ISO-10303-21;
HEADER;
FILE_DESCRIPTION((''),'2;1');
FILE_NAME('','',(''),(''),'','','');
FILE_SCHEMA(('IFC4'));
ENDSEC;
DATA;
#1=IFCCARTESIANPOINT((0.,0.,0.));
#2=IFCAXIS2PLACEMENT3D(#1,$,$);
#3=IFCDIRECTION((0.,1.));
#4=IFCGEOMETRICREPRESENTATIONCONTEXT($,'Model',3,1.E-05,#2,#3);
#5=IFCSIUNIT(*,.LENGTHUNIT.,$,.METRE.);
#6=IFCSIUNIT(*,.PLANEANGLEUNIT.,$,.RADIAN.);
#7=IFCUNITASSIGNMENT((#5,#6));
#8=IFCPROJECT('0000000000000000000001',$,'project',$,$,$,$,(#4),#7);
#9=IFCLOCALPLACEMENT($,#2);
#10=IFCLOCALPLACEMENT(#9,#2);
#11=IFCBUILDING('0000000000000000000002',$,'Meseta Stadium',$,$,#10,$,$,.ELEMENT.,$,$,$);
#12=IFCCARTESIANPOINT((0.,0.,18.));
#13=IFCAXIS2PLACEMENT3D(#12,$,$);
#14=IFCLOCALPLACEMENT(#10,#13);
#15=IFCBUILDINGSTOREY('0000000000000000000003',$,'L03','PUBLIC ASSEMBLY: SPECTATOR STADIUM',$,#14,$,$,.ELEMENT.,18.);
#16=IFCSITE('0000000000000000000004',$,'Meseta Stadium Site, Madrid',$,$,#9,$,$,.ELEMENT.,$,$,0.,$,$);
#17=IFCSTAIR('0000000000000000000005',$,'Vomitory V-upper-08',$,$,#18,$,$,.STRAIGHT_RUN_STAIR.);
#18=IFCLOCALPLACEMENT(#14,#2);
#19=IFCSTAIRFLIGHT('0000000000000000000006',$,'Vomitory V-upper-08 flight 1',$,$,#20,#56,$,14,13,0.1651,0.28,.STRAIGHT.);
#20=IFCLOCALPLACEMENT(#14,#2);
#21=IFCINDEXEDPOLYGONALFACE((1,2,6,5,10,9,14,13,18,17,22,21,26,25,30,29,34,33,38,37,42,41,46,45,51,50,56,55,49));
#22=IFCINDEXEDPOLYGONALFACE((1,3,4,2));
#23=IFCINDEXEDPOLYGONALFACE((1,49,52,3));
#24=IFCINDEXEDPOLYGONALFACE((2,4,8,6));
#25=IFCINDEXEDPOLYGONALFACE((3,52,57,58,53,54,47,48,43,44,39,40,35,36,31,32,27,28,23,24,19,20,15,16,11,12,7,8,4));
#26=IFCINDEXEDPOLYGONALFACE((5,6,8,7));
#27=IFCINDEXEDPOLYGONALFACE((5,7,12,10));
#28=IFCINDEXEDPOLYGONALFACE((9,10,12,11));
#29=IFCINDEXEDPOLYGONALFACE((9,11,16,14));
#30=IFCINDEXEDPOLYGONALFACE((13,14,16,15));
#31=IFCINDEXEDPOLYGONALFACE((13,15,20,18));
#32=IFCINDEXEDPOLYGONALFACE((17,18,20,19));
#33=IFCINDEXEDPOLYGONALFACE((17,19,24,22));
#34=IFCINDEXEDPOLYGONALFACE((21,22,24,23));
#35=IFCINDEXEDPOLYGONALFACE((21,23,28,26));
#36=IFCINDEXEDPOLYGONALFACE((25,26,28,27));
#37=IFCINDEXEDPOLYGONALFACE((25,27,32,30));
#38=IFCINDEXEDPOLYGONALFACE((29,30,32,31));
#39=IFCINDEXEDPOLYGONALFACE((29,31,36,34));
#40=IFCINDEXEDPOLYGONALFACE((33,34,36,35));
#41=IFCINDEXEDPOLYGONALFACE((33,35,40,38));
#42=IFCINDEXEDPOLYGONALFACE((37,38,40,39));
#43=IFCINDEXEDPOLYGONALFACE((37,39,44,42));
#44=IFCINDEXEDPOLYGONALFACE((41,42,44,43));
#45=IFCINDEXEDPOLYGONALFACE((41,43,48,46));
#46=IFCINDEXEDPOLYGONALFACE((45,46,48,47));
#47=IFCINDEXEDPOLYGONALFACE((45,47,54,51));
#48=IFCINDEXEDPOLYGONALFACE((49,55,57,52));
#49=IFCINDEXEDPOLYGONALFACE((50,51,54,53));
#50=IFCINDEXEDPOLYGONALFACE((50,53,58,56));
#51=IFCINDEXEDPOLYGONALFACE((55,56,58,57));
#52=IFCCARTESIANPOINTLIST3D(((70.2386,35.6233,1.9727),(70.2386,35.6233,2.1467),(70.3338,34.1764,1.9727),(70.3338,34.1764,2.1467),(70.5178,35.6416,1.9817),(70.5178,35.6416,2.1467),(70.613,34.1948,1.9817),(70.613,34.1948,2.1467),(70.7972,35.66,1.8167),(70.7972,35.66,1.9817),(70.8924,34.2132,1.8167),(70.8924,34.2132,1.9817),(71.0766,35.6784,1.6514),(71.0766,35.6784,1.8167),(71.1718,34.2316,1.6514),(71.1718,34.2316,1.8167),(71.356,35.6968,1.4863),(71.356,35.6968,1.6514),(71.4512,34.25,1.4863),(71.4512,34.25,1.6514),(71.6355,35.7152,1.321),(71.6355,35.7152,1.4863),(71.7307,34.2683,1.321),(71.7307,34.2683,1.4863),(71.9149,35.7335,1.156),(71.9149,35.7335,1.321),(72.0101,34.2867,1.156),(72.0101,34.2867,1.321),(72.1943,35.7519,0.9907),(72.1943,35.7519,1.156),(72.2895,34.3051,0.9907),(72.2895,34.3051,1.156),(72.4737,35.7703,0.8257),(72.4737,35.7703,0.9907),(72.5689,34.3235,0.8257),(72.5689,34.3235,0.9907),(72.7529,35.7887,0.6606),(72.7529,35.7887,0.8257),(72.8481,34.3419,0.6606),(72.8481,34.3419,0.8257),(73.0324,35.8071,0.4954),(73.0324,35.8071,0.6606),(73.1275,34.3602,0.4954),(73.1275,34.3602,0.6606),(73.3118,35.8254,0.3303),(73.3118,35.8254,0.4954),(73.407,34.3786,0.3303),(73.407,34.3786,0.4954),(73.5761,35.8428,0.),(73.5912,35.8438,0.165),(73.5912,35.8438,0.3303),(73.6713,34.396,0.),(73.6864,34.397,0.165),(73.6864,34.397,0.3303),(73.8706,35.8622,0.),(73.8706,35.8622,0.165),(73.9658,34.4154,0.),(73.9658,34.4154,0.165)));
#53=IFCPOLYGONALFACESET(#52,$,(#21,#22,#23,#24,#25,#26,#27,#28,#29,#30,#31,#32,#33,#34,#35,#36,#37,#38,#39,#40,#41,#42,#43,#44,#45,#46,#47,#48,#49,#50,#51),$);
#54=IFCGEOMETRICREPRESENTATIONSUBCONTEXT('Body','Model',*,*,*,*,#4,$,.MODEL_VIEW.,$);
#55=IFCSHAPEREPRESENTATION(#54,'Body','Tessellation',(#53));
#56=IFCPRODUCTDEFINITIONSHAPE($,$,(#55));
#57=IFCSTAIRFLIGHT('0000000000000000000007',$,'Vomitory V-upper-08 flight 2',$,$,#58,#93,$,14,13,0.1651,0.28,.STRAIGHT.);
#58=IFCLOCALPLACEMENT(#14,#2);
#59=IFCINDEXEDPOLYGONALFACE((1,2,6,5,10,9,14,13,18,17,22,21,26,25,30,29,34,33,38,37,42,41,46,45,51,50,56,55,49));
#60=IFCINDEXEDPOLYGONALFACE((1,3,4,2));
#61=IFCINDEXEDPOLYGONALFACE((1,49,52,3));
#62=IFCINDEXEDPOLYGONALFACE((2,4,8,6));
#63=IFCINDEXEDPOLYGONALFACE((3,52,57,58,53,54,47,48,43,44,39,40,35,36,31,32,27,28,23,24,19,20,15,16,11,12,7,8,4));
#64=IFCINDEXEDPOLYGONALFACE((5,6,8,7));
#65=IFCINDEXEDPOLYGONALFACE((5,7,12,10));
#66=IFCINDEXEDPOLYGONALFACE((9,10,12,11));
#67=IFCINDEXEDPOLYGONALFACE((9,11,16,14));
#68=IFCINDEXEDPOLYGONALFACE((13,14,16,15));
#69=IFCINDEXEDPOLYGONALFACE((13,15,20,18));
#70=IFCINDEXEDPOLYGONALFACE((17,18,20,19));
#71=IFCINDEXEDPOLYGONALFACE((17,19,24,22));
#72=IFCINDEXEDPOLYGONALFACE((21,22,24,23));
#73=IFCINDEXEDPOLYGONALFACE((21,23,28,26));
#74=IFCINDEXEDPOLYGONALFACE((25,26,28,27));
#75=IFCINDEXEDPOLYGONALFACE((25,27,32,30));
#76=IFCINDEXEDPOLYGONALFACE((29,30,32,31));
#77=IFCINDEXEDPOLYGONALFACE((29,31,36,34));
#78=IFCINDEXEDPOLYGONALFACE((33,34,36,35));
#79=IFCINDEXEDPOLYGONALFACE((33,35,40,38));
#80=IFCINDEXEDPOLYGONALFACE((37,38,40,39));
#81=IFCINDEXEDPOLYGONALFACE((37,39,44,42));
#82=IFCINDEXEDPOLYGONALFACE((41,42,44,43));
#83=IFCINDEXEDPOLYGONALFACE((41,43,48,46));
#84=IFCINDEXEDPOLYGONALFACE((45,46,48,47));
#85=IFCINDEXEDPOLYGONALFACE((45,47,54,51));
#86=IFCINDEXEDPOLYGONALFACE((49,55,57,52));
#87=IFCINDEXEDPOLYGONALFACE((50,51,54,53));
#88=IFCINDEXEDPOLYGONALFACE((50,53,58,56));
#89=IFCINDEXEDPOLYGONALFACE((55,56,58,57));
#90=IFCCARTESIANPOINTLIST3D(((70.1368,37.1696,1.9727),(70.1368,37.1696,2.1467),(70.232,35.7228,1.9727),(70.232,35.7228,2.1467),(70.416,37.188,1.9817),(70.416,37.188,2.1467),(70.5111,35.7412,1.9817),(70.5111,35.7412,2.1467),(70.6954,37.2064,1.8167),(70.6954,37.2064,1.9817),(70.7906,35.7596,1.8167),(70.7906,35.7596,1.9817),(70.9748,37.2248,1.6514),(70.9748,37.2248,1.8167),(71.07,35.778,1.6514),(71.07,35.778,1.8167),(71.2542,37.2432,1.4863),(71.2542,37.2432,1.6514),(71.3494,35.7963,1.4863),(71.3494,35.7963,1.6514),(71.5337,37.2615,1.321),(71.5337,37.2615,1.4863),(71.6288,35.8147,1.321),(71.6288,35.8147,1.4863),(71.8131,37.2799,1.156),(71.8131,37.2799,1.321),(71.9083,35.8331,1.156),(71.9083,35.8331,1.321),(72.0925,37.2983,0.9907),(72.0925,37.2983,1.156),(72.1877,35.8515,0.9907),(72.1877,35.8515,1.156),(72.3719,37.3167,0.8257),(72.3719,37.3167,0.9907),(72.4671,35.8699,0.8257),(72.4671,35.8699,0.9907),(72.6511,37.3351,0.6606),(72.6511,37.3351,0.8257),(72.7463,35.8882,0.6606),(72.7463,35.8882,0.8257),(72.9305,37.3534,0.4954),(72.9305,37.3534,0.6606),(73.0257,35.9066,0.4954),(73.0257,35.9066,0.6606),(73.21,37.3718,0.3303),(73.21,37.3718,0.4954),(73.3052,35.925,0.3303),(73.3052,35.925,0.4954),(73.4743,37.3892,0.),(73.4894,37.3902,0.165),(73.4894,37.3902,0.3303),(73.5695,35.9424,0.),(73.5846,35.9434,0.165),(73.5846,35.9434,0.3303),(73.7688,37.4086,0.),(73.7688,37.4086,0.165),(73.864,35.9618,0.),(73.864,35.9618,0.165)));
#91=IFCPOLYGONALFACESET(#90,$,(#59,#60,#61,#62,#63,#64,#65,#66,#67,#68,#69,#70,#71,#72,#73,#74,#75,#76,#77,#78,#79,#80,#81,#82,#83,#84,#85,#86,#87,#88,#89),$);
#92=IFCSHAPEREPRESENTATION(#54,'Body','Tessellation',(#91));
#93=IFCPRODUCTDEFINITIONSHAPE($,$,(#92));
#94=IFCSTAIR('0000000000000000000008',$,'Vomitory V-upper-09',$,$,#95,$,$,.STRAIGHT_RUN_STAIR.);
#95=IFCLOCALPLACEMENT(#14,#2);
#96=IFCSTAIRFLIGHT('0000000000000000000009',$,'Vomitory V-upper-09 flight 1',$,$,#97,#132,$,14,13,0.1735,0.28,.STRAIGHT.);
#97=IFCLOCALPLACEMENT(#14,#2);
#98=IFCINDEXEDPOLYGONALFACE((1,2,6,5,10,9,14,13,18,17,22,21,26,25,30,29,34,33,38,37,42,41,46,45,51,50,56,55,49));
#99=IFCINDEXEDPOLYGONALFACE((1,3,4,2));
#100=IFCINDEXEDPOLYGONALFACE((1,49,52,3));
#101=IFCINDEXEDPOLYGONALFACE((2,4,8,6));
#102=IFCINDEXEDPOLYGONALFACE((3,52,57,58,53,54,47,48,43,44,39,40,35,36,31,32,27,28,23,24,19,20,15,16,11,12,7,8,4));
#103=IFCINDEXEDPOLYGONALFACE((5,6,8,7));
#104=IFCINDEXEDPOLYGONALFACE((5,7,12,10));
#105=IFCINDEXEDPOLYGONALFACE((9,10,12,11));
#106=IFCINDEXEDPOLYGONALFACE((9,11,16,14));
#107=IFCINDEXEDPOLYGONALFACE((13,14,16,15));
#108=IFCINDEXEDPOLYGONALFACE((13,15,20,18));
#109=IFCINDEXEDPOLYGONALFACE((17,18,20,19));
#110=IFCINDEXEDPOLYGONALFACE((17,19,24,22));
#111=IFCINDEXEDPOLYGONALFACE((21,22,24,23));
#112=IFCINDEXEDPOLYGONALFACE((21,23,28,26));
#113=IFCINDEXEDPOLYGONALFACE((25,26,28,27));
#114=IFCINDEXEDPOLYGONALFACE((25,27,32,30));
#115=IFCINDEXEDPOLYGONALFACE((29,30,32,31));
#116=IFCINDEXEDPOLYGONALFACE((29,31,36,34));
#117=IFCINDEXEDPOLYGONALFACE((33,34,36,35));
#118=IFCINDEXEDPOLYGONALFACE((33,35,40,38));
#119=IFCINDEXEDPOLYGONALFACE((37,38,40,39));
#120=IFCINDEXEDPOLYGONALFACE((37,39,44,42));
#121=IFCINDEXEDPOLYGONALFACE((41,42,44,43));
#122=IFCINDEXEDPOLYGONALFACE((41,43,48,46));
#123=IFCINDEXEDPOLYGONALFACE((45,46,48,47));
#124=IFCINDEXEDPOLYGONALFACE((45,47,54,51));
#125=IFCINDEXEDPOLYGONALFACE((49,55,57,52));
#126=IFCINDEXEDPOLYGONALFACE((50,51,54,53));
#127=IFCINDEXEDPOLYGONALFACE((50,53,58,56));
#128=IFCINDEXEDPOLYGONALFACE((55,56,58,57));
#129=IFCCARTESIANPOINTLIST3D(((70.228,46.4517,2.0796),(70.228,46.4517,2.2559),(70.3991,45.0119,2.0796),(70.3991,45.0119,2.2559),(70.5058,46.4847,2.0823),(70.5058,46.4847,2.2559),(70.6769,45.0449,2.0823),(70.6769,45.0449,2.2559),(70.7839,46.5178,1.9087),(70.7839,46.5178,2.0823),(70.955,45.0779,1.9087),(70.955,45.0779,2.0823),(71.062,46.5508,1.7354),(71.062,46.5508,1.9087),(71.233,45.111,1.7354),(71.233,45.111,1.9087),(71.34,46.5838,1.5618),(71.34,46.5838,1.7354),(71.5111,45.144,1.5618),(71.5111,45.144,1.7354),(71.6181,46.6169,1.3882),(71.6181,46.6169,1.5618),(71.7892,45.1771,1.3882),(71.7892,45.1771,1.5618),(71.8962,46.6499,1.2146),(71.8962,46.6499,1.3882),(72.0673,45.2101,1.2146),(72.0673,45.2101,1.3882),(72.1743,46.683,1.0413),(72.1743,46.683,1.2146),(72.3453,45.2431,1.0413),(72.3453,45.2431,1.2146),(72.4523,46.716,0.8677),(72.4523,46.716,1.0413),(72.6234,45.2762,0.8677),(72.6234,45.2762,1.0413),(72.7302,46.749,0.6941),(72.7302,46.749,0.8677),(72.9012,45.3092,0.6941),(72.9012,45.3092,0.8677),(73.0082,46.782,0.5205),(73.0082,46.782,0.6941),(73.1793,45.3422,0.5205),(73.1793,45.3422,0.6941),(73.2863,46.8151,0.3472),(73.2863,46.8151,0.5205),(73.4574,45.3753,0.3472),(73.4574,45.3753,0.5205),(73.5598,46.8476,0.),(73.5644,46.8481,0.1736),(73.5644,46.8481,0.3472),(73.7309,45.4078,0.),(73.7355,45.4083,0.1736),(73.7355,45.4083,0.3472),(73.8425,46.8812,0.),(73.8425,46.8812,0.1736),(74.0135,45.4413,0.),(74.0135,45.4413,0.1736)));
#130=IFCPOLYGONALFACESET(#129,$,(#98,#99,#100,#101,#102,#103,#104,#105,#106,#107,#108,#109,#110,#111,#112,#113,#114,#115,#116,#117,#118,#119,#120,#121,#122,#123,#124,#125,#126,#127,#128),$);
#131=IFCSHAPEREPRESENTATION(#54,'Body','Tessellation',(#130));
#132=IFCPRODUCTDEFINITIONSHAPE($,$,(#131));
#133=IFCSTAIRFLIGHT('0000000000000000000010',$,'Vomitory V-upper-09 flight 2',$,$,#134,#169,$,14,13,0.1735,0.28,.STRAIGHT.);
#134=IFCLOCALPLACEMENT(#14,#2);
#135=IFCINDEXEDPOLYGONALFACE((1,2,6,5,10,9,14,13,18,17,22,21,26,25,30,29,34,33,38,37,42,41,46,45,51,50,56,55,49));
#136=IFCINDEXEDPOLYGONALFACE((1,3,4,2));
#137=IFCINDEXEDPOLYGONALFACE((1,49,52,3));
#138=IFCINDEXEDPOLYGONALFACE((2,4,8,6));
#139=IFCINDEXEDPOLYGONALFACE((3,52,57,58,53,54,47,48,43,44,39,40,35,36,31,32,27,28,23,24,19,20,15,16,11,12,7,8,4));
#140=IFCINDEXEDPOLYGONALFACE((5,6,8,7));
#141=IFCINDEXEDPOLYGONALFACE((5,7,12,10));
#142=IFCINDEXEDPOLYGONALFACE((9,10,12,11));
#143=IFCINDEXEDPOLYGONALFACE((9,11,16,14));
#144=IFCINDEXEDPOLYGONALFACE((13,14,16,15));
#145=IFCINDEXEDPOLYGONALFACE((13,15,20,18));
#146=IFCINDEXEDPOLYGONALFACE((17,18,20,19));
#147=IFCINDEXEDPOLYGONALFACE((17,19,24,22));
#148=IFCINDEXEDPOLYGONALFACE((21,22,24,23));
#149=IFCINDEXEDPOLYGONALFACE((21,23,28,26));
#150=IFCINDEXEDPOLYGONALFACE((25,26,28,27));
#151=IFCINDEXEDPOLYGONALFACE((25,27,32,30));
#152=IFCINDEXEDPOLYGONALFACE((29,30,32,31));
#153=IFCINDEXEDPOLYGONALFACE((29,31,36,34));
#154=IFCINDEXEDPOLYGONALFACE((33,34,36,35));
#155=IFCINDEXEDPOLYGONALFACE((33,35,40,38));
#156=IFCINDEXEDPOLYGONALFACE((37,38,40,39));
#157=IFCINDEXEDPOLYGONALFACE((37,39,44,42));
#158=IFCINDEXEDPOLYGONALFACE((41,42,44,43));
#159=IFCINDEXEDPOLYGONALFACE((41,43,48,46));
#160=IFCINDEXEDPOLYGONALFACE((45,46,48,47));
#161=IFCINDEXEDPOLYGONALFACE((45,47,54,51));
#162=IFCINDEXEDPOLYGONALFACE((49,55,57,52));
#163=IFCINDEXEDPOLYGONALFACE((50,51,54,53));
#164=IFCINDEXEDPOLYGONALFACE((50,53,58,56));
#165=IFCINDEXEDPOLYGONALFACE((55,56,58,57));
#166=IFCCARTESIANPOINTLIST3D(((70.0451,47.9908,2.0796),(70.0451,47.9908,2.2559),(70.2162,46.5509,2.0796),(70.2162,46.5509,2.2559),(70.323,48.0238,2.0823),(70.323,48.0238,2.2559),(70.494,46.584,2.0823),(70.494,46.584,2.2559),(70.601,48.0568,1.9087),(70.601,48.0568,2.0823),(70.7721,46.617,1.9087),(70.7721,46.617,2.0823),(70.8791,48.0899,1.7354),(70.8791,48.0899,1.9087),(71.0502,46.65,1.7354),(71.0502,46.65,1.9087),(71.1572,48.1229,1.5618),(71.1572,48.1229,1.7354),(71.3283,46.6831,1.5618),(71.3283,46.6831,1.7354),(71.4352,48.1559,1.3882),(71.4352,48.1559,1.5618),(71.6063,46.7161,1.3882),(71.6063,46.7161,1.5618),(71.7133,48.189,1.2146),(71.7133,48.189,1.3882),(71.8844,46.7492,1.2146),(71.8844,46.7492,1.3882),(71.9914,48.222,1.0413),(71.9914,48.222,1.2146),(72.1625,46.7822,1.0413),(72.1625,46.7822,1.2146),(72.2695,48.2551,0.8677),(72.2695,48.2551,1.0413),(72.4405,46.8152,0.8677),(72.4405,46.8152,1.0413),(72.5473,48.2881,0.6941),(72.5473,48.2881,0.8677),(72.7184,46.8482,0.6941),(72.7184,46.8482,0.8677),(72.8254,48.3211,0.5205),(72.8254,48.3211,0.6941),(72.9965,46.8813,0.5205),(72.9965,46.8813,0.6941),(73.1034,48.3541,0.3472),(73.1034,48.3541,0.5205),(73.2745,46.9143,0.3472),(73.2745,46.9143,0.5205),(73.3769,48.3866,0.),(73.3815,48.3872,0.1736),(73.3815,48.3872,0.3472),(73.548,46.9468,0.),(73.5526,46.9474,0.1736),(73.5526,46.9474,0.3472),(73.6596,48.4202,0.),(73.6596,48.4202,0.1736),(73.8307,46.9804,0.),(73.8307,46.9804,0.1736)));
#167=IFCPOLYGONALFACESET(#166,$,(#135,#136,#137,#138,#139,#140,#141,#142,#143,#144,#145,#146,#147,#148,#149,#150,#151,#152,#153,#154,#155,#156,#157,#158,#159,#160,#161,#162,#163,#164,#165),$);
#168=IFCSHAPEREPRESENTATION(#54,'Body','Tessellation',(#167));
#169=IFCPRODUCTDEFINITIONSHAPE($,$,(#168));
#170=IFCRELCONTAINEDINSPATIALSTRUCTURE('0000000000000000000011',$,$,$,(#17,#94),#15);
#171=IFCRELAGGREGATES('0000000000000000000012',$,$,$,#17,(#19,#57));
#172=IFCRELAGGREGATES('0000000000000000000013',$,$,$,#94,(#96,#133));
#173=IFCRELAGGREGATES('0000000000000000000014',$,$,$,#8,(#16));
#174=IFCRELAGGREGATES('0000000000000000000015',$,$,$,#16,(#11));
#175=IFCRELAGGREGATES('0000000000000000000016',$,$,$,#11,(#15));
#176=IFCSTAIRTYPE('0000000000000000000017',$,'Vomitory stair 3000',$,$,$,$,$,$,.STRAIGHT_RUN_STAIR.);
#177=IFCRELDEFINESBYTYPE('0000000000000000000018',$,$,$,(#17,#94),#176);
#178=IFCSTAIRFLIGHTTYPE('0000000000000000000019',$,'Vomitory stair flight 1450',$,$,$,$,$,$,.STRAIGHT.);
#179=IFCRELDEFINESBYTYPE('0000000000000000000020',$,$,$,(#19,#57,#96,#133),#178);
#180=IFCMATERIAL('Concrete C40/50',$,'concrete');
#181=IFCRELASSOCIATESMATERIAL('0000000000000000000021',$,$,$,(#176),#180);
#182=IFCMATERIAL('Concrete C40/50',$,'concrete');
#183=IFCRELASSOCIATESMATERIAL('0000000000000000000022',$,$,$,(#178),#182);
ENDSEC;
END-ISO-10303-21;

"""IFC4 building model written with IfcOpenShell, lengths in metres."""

from ifc_helpers import new_model, si_unit, direction, frame, origin, place, context, subcontext, project, spatial, polyline, outline, extrude, material, type_object, element, aggregate, save


model = new_model("IFC4")

# Units and contexts
model_context = context("Model", 3, precision=1e-05, world=origin(), true_north=direction((0.0, 1.0)))
body_context = subcontext(model_context, "Body", "Model", "MODEL_VIEW")
ifc_project = project(units=[si_unit("LENGTHUNIT", "METRE"), si_unit("PLANEANGLEUNIT", "RADIAN")], contexts=[model_context])

# Site, building, storey
site_placement = place(None, origin())
site = spatial("IfcSite", under=ifc_project, at=site_placement, Name="Meseta Stadium Site, Madrid", CompositionType="ELEMENT", RefElevation=0.0)
building_placement = place(site_placement, origin())
building = spatial("IfcBuilding", under=site, at=building_placement, Name="Meseta Stadium", CompositionType="ELEMENT")
storey_placement = place(building_placement, frame((0.0, 0.0, 18.0)))
storey = spatial("IfcBuildingStorey", under=building, at=storey_placement, Name="L03", Description="PUBLIC ASSEMBLY: SPECTATOR STADIUM", CompositionType="ELEMENT", Elevation=18.0)

# Stairs, stair flights
ifc_material_1 = material(Name="Concrete C40/50", Category="concrete")
stair_type = type_object("IfcStairType", Name="Vomitory stair 3000", PredefinedType="STRAIGHT_RUN_STAIR", material=ifc_material_1)
stair_1_placement = place(storey_placement, origin())
stair_1 = element("IfcStair", 1, at=stair_1_placement, inside=storey, type_object=stair_type, Name="Vomitory V-upper-08", PredefinedType="STRAIGHT_RUN_STAIR")
ifc_material_2 = material(Name="Concrete C40/50", Category="concrete")
stair_flight_type = type_object("IfcStairFlightType", Name="Vomitory stair flight 1450", PredefinedType="STRAIGHT", material=ifc_material_2)
stair_flight_1_placement = place(storey_placement, frame((73.9182, 35.1389, 0.0), z_axis=(0.0, 0.0, 1.0), x_axis=(-0.997843, -0.065647, 0.0)))
stair_flight_1 = element("IfcStairFlight", 2, at=stair_flight_1_placement, type_object=stair_flight_type, Name="Vomitory V-upper-08 flight 1", NumberOfRisers=14, NumberOfTreads=13, PredefinedType="STRAIGHT", RiserHeight=0.1651, TreadLength=0.28, context=body_context, shape_type="SweptSolid", body=[
    extrude(outline(polyline([(0.0, 0.0), (0.0, 0.165), (0.28, 0.165), (0.28, 0.3303), (0.5601, 0.3303), (0.5601, 0.4954), (0.8401, 0.4954), (0.8401, 0.6606), (1.1201, 0.6606), (1.1201, 0.8257), (1.3999, 0.8257), (1.3999, 0.9907), (1.6799, 0.9907), (1.6799, 1.156), (1.96, 1.156), (1.96, 1.321), (2.24, 1.321), (2.24, 1.4863), (2.52, 1.4863), (2.52, 1.6514), (2.8, 1.6514), (2.8, 1.8167), (3.0801, 1.8167), (3.0801, 1.9817), (3.3601, 1.9817), (3.3601, 2.1467), (3.6399, 2.1467), (3.6399, 1.9727), (0.2952, 0.0), (0.0, 0.0)])), frame((0.0, 0.7251, 0.0), z_axis=(0.0, -1.0, 0.0), x_axis=(1.0, 0.0, 0.0)), (0.0, 0.0, 1.0), 1.45),
])
stair_flight_2_placement = place(storey_placement, frame((73.8164, 36.6853, 0.0), z_axis=(0.0, 0.0, 1.0), x_axis=(-0.997843, -0.065647, 0.0)))
stair_flight_2 = element("IfcStairFlight", 3, at=stair_flight_2_placement, type_object=stair_flight_type, Name="Vomitory V-upper-08 flight 2", NumberOfRisers=14, NumberOfTreads=13, PredefinedType="STRAIGHT", RiserHeight=0.1651, TreadLength=0.28, context=body_context, shape_type="SweptSolid", body=[
    extrude(outline(polyline([(0.0, 0.0), (0.0, 0.165), (0.28, 0.165), (0.28, 0.3303), (0.5601, 0.3303), (0.5601, 0.4954), (0.8401, 0.4954), (0.8401, 0.6606), (1.1201, 0.6606), (1.1201, 0.8257), (1.3999, 0.8257), (1.3999, 0.9907), (1.6799, 0.9907), (1.6799, 1.156), (1.96, 1.156), (1.96, 1.321), (2.24, 1.321), (2.24, 1.4863), (2.52, 1.4863), (2.52, 1.6514), (2.8, 1.6514), (2.8, 1.8167), (3.0801, 1.8167), (3.0801, 1.9817), (3.3601, 1.9817), (3.3601, 2.1467), (3.6399, 2.1467), (3.6399, 1.9727), (0.2952, 0.0), (0.0, 0.0)])), frame((0.0, 0.7251, 0.0), z_axis=(0.0, -1.0, 0.0), x_axis=(1.0, 0.0, 0.0)), (0.0, 0.0, 1.0), 1.45),
])
aggregate(stair_1, [stair_flight_1, stair_flight_2])
stair_2_placement = place(storey_placement, origin())
stair_2 = element("IfcStair", 4, at=stair_2_placement, inside=storey, type_object=stair_type, Name="Vomitory V-upper-09", PredefinedType="STRAIGHT_RUN_STAIR")
stair_flight_3_placement = place(storey_placement, frame((73.928, 46.1614, 0.0), z_axis=(0.0, 0.0, 1.0), x_axis=(-0.993015, -0.117988, 0.0)))
stair_flight_3 = element("IfcStairFlight", 5, at=stair_flight_3_placement, type_object=stair_flight_type, Name="Vomitory V-upper-09 flight 1", NumberOfRisers=14, NumberOfTreads=13, PredefinedType="STRAIGHT", RiserHeight=0.1735, TreadLength=0.28, context=body_context, shape_type="SweptSolid", body=[
    extrude(outline(polyline([(0.0, 0.0), (0.0, 0.1736), (0.28, 0.1736), (0.28, 0.3472), (0.5601, 0.3472), (0.5601, 0.5205), (0.8401, 0.5205), (0.8401, 0.6941), (1.1201, 0.6941), (1.1201, 0.8677), (1.3999, 0.8677), (1.3999, 1.0413), (1.6799, 1.0413), (1.6799, 1.2146), (1.96, 1.2146), (1.96, 1.3882), (2.24, 1.3882), (2.24, 1.5618), (2.52, 1.5618), (2.52, 1.7354), (2.8, 1.7354), (2.8, 1.9087), (3.0801, 1.9087), (3.0801, 2.0823), (3.3601, 2.0823), (3.3601, 2.2559), (3.6399, 2.2559), (3.6399, 2.0796), (0.2847, 0.0), (0.0, 0.0)])), frame((0.0, 0.7251, 0.0), z_axis=(0.0, -1.0, 0.0), x_axis=(1.0, 0.0, 0.0)), (0.0, 0.0, 1.0), 1.45),
])
stair_flight_4_placement = place(storey_placement, frame((73.7451, 47.7004, 0.0), z_axis=(0.0, 0.0, 1.0), x_axis=(-0.993015, -0.117988, 0.0)))
stair_flight_4 = element("IfcStairFlight", 6, at=stair_flight_4_placement, type_object=stair_flight_type, Name="Vomitory V-upper-09 flight 2", NumberOfRisers=14, NumberOfTreads=13, PredefinedType="STRAIGHT", RiserHeight=0.1735, TreadLength=0.28, context=body_context, shape_type="SweptSolid", body=[
    extrude(outline(polyline([(0.0, 0.0), (0.0, 0.1736), (0.28, 0.1736), (0.28, 0.3472), (0.5601, 0.3472), (0.5601, 0.5205), (0.8401, 0.5205), (0.8401, 0.6941), (1.1201, 0.6941), (1.1201, 0.8677), (1.3999, 0.8677), (1.3999, 1.0413), (1.6799, 1.0413), (1.6799, 1.2146), (1.96, 1.2146), (1.96, 1.3882), (2.24, 1.3882), (2.24, 1.5618), (2.52, 1.5618), (2.52, 1.7354), (2.8, 1.7354), (2.8, 1.9087), (3.0801, 1.9087), (3.0801, 2.0823), (3.3601, 2.0823), (3.3601, 2.2559), (3.6399, 2.2559), (3.6399, 2.0796), (0.2847, 0.0), (0.0, 0.0)])), frame((0.0, 0.7251, 0.0), z_axis=(0.0, -1.0, 0.0), x_axis=(1.0, 0.0, 0.0)), (0.0, 0.0, 1.0), 1.45),
])
aggregate(stair_2, [stair_flight_3, stair_flight_4])

save(model, "model.ifc")
